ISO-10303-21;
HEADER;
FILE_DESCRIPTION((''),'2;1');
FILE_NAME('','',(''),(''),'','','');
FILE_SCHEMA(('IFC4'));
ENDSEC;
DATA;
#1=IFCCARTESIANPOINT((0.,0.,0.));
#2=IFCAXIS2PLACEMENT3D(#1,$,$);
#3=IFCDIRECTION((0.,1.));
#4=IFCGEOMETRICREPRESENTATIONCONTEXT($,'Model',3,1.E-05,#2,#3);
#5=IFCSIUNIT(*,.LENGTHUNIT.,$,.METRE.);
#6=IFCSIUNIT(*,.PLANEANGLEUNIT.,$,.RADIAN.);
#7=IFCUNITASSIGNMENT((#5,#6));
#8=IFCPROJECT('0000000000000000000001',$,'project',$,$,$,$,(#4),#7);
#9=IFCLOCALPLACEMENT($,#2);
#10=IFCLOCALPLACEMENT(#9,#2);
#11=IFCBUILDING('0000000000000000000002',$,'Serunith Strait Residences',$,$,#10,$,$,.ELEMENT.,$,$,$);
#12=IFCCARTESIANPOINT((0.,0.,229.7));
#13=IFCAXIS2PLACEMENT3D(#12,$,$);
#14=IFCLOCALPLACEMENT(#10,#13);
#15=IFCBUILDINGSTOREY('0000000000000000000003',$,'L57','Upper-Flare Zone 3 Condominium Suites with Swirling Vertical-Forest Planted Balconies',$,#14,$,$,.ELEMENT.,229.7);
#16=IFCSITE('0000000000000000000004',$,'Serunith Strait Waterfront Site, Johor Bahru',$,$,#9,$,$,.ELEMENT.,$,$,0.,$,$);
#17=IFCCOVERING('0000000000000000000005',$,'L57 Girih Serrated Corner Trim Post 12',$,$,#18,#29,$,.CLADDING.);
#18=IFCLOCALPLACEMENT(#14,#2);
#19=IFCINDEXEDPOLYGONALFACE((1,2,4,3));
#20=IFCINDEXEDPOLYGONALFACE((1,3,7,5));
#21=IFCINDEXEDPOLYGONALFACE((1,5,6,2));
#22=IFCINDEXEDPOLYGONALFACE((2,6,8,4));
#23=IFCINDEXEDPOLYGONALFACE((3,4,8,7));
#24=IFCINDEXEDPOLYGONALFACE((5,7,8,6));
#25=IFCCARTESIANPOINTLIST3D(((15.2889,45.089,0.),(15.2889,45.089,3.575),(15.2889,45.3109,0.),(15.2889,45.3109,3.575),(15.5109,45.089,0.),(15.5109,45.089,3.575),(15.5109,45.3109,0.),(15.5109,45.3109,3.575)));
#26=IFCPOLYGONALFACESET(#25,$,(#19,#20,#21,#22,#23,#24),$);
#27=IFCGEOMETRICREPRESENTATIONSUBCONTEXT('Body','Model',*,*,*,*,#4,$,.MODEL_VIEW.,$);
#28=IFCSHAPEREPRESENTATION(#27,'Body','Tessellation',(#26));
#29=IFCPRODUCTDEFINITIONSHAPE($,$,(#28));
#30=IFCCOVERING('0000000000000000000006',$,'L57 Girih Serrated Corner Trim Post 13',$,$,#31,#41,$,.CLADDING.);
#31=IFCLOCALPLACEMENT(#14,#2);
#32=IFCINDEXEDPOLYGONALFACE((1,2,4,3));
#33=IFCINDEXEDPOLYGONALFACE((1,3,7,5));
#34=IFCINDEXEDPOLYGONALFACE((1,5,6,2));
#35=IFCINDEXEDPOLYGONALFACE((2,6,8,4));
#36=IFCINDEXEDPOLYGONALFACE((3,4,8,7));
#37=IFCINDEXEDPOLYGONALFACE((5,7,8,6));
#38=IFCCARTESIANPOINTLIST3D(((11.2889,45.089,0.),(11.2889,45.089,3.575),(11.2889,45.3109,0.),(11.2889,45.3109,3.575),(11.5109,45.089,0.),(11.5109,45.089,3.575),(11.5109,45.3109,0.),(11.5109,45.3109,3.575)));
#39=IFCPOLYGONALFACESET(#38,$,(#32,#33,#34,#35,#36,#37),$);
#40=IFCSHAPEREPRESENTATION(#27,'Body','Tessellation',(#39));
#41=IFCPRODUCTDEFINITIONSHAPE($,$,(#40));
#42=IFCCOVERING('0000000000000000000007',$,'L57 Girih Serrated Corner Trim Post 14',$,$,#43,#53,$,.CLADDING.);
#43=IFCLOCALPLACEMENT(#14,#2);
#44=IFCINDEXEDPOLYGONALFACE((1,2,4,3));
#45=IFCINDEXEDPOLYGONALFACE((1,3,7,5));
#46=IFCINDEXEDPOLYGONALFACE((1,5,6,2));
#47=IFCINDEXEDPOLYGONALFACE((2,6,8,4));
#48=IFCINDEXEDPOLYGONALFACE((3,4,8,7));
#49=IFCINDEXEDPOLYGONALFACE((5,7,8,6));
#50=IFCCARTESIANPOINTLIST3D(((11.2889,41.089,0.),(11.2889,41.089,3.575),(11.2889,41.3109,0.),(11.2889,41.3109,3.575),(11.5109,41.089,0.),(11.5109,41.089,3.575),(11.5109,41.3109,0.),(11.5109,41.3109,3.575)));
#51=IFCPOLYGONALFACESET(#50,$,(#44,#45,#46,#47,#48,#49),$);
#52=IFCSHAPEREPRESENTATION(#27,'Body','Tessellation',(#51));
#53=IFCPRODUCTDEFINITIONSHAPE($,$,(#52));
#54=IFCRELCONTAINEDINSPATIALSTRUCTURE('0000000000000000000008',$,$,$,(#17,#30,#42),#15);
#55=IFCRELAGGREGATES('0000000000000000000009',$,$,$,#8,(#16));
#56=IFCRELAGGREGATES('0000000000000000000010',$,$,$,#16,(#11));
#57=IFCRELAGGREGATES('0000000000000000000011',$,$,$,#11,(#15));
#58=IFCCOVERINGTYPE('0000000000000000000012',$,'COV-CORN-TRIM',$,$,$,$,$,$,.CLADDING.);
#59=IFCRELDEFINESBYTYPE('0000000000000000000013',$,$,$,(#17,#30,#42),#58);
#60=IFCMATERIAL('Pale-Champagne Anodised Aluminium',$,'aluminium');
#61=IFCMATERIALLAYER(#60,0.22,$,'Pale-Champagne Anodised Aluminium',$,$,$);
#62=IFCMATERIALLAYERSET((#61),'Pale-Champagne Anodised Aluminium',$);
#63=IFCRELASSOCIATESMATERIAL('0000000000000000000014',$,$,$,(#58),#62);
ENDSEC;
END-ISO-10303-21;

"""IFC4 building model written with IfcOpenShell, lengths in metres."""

from ifc_helpers import new_model, si_unit, direction, frame, origin, origin_2d, place, context, subcontext, project, spatial, rectangle, extrude, source, transform, mapped, material, layer, layer_set, type_object, element, save


model = new_model("IFC4")

# Units and contexts
model_context = context("Model", 3, precision=1e-05, world=origin(), true_north=direction((0.0, 1.0)))
body_context = subcontext(model_context, "Body", "Model", "MODEL_VIEW")
ifc_project = project(units=[si_unit("LENGTHUNIT", "METRE"), si_unit("PLANEANGLEUNIT", "RADIAN")], contexts=[model_context])

# Site, building, storey
site_placement = place(None, origin())
site = spatial("IfcSite", under=ifc_project, at=site_placement, Name="Serunith Strait Waterfront Site, Johor Bahru", CompositionType="ELEMENT", RefElevation=0.0)
building_placement = place(site_placement, origin())
building = spatial("IfcBuilding", under=site, at=building_placement, Name="Serunith Strait Residences", CompositionType="ELEMENT")
storey_placement = place(building_placement, frame((0.0, 0.0, 229.7)))
storey = spatial("IfcBuildingStorey", under=building, at=storey_placement, Name="L57", Description="Upper-Flare Zone 3 Condominium Suites with Swirling Vertical-Forest Planted Balconies", CompositionType="ELEMENT", Elevation=229.7)

# Shared definitions
ifc_material_1 = material(Name="Pale-Champagne Anodised Aluminium", Category="aluminium")

# Coverings
ifc_layer_1 = layer(ifc_material_1, 0.22, Name="Pale-Champagne Anodised Aluminium")
ifc_layer_set_1 = layer_set([ifc_layer_1], Name="Pale-Champagne Anodised Aluminium")
covering_type = type_object("IfcCoveringType", Name="COV-CORN-TRIM", PredefinedType="CLADDING", material=ifc_layer_set_1)
shared_shape_1 = source(origin(), body_context, "Body", "SweptSolid", [
    extrude(rectangle(XDim=0.2219, YDim=0.2219, at=origin_2d()), origin(), (0.0, 0.0, 1.0), 3.575),
])
for number, where, z_axis, x_axis, name in (
    (1, (15.3999, 45.2, 0.0), (0.0, 0.0, 1.0), (1.0, 0.0, 0.0), "L57 Girih Serrated Corner Trim Post 12"),
    (2, (11.3999, 45.2, 0.0), (0.0, 0.0, 1.0), (1.0, 0.0, 0.0), "L57 Girih Serrated Corner Trim Post 13"),
    (3, (11.3999, 41.2, 0.0), (0.0, 0.0, 1.0), (1.0, 0.0, 0.0), "L57 Girih Serrated Corner Trim Post 14"),
):
    element("IfcCovering", number, at=place(storey_placement, frame(where, z_axis=z_axis, x_axis=x_axis)), inside=storey, type_object=covering_type, Name=name, PredefinedType="CLADDING", context=body_context, shape_type="MappedRepresentation", body=[
        mapped(shared_shape_1, transform((0.0, 0.0, 0.0), scale=1.0)),
    ])

save(model, "model.ifc")
